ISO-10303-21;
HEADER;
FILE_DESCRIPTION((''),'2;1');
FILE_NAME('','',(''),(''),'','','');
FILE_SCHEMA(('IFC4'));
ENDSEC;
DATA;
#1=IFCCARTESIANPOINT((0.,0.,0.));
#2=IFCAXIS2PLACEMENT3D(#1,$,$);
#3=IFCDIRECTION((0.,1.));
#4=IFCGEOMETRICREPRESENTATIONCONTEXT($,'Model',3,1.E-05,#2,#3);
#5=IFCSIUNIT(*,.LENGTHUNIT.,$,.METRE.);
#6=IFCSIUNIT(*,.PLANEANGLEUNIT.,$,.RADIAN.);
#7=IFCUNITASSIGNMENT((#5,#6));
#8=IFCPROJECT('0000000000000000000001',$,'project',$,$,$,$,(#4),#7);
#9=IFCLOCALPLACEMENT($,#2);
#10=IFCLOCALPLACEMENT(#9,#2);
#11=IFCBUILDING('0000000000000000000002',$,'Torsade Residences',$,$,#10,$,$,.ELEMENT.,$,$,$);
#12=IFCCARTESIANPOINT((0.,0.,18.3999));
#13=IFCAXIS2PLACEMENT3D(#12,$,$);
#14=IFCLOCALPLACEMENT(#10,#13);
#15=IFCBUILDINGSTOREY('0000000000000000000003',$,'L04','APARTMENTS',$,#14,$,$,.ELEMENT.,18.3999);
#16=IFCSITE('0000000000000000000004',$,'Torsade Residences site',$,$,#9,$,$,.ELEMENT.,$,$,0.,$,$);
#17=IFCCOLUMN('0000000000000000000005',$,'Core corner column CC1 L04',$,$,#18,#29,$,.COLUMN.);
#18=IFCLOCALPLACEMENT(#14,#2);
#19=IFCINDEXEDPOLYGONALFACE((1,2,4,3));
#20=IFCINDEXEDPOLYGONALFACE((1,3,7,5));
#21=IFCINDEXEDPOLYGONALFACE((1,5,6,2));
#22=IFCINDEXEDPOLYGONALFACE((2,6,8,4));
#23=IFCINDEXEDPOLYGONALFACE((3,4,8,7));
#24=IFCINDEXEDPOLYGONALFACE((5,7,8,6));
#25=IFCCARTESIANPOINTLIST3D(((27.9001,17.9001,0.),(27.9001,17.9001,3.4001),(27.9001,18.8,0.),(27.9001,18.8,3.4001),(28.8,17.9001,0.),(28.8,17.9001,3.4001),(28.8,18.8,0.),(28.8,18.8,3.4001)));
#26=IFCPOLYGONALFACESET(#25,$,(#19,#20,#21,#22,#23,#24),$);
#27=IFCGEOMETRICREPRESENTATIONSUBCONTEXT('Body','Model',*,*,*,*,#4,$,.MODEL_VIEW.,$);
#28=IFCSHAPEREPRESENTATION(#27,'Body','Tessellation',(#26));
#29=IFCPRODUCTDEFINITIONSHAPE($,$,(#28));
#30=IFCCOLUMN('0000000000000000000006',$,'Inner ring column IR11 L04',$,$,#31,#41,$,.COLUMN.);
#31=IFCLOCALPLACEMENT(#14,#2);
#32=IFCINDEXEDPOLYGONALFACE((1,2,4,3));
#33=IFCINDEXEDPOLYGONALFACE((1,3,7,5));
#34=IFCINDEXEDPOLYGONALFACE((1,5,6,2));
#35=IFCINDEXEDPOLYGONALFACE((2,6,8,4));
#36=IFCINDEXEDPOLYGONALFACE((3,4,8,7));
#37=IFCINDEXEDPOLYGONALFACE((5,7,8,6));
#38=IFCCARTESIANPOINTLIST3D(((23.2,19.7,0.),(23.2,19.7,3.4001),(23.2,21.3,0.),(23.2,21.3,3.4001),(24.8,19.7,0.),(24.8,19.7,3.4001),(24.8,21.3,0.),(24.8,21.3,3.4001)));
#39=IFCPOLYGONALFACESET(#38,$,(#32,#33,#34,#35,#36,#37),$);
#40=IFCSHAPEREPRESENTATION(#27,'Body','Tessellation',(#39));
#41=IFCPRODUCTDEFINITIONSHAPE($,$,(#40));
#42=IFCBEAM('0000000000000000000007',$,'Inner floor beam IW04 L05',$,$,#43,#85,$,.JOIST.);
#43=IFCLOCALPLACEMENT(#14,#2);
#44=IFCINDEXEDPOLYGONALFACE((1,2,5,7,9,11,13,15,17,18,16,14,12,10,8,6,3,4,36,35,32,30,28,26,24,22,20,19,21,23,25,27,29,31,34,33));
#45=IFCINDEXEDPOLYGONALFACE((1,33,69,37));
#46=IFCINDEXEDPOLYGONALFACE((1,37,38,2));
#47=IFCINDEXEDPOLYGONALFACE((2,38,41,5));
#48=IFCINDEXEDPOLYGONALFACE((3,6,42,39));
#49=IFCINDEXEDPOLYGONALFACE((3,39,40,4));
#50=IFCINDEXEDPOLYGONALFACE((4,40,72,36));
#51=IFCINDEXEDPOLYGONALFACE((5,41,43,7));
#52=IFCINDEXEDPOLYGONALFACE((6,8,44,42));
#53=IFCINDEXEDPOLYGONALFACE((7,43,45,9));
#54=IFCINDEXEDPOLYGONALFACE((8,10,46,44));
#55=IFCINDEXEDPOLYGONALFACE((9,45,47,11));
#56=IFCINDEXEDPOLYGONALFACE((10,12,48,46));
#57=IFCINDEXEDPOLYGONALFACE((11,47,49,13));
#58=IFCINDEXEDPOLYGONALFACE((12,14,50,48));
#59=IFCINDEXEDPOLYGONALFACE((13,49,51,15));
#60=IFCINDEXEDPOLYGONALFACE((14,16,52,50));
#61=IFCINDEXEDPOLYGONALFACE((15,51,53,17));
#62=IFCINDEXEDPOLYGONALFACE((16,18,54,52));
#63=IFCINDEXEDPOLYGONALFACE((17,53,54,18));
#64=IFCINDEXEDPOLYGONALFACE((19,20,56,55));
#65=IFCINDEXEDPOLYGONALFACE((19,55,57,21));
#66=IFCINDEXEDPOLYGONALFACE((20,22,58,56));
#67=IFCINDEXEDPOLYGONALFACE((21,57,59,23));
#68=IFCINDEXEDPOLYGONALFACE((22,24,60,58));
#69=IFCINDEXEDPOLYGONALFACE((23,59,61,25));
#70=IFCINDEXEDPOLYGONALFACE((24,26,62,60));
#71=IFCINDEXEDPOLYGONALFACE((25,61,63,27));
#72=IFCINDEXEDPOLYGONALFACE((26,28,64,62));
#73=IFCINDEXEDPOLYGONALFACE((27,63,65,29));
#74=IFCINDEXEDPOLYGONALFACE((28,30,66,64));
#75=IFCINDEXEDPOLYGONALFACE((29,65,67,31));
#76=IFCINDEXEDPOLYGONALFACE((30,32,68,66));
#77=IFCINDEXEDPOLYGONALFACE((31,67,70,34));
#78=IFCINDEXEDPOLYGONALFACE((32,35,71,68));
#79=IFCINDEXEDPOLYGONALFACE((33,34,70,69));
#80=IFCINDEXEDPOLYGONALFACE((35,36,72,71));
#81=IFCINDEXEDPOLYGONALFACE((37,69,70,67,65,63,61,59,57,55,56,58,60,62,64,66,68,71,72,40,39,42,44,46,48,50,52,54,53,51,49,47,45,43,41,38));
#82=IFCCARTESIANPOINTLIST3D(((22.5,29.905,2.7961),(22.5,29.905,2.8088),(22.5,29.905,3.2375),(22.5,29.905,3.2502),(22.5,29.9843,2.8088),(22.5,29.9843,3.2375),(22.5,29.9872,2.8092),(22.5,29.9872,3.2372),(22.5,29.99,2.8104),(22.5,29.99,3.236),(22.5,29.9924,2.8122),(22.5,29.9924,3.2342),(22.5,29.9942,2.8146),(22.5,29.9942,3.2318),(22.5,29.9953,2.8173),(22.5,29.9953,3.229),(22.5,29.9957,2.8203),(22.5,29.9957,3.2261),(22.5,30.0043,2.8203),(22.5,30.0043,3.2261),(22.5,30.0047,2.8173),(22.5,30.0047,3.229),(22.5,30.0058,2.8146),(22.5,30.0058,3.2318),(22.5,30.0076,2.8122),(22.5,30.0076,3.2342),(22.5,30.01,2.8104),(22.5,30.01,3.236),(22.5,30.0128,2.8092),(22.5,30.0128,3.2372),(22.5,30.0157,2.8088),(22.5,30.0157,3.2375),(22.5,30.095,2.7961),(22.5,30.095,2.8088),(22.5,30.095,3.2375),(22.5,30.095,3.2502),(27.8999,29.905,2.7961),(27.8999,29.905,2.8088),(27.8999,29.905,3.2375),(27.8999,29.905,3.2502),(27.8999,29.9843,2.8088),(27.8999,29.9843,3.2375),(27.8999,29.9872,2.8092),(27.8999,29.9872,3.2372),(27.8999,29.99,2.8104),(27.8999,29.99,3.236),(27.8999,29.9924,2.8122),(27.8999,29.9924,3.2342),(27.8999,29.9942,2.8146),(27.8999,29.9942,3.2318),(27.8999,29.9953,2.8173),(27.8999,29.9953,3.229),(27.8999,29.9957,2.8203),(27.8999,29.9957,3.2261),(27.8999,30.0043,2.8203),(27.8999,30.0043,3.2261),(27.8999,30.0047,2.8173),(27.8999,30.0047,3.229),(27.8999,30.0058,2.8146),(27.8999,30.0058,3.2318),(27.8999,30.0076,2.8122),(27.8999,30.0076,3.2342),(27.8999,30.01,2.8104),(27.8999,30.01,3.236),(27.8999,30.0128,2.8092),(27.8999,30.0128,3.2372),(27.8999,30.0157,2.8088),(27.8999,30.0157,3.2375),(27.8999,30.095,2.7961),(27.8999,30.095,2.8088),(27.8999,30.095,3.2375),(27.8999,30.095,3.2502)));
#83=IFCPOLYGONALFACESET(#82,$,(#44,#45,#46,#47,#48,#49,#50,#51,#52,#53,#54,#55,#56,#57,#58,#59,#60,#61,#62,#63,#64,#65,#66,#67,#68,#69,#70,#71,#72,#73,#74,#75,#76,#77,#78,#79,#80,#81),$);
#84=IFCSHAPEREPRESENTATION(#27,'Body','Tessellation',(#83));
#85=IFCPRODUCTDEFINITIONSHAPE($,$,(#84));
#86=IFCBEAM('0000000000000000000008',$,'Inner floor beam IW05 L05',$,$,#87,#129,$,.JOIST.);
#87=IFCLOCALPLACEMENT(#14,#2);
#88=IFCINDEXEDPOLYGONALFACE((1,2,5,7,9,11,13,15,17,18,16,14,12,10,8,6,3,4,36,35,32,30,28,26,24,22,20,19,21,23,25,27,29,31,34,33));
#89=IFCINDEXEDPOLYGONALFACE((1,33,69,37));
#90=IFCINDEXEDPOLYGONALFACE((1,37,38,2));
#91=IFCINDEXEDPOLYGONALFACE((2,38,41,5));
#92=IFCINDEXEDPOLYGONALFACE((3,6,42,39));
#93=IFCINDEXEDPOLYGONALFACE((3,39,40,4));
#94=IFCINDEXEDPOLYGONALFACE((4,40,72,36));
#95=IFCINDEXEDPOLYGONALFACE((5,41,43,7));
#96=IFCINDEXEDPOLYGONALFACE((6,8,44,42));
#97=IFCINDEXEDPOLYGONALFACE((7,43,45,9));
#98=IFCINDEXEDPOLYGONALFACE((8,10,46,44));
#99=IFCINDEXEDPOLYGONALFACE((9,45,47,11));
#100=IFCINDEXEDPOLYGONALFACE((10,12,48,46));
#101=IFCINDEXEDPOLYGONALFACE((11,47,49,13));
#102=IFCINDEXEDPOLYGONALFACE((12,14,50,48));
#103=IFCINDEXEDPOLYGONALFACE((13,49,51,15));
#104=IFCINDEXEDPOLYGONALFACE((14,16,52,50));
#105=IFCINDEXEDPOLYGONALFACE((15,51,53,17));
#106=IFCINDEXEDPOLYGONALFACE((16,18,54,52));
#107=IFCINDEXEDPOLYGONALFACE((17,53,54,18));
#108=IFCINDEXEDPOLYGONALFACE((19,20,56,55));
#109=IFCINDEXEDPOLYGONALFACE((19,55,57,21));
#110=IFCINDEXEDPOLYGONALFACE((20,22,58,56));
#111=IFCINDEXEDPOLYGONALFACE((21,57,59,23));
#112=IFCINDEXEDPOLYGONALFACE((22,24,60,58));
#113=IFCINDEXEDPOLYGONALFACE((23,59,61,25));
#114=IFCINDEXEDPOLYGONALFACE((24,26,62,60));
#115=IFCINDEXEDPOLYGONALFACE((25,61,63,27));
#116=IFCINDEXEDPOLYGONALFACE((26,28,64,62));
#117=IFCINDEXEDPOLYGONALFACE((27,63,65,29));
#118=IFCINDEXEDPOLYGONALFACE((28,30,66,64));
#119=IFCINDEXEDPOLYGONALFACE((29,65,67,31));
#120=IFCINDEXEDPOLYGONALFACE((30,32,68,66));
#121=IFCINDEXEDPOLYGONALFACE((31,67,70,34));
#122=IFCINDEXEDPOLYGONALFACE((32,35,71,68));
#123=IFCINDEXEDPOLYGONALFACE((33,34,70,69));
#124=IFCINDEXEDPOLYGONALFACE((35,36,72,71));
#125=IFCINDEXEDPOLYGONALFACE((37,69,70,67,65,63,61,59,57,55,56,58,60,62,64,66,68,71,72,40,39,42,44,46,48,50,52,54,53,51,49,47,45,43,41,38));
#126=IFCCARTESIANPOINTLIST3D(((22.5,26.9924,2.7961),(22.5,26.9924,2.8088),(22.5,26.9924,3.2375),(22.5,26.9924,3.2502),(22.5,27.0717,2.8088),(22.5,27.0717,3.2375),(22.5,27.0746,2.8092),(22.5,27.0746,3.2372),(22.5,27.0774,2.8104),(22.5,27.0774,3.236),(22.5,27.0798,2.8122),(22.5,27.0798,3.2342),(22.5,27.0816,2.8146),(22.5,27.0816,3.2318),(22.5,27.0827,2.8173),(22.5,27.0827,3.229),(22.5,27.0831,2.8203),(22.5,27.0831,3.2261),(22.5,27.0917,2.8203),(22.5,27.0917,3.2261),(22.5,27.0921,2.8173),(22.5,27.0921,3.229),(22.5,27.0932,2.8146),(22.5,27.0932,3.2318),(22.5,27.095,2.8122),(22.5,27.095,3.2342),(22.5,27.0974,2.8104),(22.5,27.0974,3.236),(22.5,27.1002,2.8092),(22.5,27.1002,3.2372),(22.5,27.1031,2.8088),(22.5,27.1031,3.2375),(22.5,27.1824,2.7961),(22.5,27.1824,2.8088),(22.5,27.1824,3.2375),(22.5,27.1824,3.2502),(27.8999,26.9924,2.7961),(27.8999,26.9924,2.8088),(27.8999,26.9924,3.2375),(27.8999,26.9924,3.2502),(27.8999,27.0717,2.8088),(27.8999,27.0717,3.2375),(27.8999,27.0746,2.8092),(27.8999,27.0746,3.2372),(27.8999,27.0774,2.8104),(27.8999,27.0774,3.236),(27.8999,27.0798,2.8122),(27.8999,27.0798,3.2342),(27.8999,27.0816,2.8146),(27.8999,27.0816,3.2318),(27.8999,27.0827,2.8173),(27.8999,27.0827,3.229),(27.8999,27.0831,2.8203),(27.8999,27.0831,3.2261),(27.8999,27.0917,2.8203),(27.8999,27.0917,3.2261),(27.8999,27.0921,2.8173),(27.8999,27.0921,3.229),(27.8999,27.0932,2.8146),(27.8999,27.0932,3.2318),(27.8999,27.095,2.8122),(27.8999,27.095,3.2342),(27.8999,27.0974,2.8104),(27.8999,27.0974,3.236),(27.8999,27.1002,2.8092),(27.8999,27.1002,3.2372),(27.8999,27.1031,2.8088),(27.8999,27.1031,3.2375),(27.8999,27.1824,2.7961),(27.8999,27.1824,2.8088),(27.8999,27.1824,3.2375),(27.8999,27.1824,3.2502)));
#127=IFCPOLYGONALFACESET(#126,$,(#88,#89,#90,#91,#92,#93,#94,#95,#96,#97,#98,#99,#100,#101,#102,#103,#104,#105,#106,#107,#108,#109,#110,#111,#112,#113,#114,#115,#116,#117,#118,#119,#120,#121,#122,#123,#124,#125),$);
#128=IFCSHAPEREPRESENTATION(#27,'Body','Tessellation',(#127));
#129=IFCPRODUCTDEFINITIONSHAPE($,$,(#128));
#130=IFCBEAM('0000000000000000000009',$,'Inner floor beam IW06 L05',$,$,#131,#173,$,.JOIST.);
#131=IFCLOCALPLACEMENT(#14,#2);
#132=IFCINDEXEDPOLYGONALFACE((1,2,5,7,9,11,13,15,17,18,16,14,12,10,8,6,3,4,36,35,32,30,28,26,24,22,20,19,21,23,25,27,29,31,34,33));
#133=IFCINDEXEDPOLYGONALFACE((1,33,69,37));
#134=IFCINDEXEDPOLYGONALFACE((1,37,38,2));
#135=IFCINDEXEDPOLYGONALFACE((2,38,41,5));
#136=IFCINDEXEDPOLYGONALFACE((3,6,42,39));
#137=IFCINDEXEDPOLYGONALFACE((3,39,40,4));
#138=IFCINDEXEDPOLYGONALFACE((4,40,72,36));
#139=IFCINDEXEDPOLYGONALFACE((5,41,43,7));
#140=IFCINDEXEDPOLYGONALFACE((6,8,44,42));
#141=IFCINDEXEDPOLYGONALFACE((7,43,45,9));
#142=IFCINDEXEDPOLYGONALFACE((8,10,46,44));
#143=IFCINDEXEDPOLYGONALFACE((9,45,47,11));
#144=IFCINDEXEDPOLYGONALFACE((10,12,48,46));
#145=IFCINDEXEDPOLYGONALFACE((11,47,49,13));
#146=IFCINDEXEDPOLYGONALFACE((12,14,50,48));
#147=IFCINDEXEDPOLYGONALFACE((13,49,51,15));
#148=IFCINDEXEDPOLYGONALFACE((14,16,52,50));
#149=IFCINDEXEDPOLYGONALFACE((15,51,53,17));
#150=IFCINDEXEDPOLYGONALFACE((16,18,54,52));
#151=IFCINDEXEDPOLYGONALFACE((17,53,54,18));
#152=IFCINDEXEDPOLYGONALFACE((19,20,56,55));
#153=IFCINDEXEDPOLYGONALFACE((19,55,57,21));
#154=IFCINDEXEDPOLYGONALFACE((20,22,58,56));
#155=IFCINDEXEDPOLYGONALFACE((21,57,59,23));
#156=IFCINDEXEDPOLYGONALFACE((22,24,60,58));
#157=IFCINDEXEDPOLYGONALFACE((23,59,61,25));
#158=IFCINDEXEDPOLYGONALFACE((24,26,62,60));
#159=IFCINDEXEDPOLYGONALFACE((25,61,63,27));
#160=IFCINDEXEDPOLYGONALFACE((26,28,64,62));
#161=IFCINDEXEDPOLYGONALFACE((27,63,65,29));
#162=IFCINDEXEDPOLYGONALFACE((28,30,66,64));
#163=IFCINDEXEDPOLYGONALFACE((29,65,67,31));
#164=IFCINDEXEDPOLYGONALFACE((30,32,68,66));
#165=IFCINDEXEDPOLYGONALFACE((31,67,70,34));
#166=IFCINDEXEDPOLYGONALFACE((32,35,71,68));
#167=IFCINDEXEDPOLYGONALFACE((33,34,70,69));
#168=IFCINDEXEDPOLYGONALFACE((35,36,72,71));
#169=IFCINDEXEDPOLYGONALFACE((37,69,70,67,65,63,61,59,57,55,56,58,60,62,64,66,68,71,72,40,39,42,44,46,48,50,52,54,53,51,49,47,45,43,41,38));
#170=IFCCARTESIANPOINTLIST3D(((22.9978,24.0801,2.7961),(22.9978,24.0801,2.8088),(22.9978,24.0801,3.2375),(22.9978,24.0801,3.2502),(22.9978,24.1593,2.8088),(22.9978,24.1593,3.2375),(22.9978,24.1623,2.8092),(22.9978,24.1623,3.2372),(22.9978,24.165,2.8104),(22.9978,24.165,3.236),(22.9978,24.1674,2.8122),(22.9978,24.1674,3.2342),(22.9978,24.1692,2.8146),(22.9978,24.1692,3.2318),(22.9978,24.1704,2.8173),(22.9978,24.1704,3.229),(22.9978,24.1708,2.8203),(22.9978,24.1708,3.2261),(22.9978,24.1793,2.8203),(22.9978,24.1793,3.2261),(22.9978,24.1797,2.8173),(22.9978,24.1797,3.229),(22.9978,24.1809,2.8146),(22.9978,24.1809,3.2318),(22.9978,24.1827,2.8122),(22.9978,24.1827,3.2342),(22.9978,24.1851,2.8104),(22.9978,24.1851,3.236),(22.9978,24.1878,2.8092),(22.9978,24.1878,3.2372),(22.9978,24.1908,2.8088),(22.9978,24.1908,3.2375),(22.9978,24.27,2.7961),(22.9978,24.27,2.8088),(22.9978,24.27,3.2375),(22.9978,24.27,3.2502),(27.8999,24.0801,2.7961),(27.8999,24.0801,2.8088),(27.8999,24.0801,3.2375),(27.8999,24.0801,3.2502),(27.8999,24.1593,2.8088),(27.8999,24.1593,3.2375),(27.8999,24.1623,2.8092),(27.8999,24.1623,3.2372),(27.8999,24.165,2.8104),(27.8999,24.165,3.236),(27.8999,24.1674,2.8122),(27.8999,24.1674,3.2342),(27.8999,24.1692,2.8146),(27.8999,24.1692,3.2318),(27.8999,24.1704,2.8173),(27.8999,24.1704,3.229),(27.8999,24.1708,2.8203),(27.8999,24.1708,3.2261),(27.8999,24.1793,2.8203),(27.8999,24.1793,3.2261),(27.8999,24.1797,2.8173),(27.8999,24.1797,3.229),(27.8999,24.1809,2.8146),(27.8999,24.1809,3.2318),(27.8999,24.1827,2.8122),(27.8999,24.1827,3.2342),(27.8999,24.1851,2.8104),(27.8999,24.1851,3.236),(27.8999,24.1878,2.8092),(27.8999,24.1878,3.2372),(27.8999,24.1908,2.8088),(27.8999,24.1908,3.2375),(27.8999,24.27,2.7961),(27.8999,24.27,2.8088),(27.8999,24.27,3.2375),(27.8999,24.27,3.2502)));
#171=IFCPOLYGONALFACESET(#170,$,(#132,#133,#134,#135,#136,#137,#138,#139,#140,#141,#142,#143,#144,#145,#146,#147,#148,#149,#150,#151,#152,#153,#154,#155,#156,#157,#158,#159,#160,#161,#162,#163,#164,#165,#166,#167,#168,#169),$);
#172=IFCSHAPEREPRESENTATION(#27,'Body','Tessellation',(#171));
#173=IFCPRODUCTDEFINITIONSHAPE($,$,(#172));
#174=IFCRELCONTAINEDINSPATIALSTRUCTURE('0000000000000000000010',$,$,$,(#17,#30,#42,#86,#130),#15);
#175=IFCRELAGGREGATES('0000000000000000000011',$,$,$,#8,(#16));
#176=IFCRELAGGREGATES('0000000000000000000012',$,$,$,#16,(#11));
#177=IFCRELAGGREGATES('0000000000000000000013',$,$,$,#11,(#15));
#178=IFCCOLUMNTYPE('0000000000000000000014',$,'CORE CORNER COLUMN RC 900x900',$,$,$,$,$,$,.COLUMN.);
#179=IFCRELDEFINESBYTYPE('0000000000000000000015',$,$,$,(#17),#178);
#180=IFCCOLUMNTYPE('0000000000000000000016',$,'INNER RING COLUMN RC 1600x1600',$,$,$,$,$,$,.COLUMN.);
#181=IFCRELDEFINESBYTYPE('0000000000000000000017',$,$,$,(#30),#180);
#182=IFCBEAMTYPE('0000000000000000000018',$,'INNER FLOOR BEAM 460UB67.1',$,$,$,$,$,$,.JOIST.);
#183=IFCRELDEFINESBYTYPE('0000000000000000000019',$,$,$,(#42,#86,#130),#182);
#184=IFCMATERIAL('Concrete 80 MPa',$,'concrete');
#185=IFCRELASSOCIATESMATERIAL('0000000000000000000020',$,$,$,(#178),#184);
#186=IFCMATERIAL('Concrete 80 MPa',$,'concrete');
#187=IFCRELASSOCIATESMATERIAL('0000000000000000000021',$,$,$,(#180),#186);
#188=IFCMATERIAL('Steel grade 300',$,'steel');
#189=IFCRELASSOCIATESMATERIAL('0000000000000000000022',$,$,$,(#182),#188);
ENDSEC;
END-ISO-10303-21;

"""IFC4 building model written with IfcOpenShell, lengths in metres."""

from ifc_helpers import new_model, si_unit, direction, frame, origin, origin_2d, place, context, subcontext, project, spatial, rectangle, i_section, extrude, material, material_profile, profile_set, type_object, element, save


model = new_model("IFC4")

# Units and contexts
model_context = context("Model", 3, precision=1e-05, world=origin(), true_north=direction((0.0, 1.0)))
body_context = subcontext(model_context, "Body", "Model", "MODEL_VIEW")
ifc_project = project(units=[si_unit("LENGTHUNIT", "METRE"), si_unit("PLANEANGLEUNIT", "RADIAN")], contexts=[model_context])

# Site, building, storey
site_placement = place(None, origin())
site = spatial("IfcSite", under=ifc_project, at=site_placement, Name="Torsade Residences site", CompositionType="ELEMENT", RefElevation=0.0)
building_placement = place(site_placement, origin())
building = spatial("IfcBuilding", under=site, at=building_placement, Name="Torsade Residences", CompositionType="ELEMENT")
storey_placement = place(building_placement, frame((0.0, 0.0, 18.3999)))
storey = spatial("IfcBuildingStorey", under=building, at=storey_placement, Name="L04", Description="APARTMENTS", CompositionType="ELEMENT", Elevation=18.3999)

# Columns
ifc_material_1 = material(Name="Concrete 80 MPa", Category="concrete")
ifc_material_profile_1 = material_profile(ifc_material_1, rectangle(XDim=0.8999, YDim=0.8999, at=origin_2d()), Name="RC 900x900")
ifc_profile_set_1 = profile_set([ifc_material_profile_1], Name="Concrete 80 MPa")
column_type_1 = type_object("IfcColumnType", Name="CORE CORNER COLUMN RC 900x900", PredefinedType="COLUMN", material=ifc_profile_set_1)
column_1_placement = place(storey_placement, frame((28.3501, 18.3501, 0.0), z_axis=(0.0, 0.0, 1.0), x_axis=(1.0, 0.0, 0.0)))
element("IfcColumn", 1, at=column_1_placement, inside=storey, type_object=column_type_1, Name="Core corner column CC1 L04", PredefinedType="COLUMN", context=body_context, shape_type="SweptSolid", body=[
    extrude(rectangle(XDim=0.8999, YDim=0.8999, at=origin_2d()), origin(), (0.0, 0.0, 1.0), 3.4001),
])
ifc_material_2 = material(Name="Concrete 80 MPa", Category="concrete")
ifc_material_profile_2 = material_profile(ifc_material_2, rectangle(XDim=1.6001, YDim=1.6001, at=origin_2d()), Name="RC 1600x1600")
ifc_profile_set_2 = profile_set([ifc_material_profile_2], Name="Concrete 80 MPa")
column_type_2 = type_object("IfcColumnType", Name="INNER RING COLUMN RC 1600x1600", PredefinedType="COLUMN", material=ifc_profile_set_2)
column_2_placement = place(storey_placement, frame((24.0, 20.5, 0.0), z_axis=(0.0, 0.0, 1.0), x_axis=(1.0, 0.0, 0.0)))
element("IfcColumn", 2, at=column_2_placement, inside=storey, type_object=column_type_2, Name="Inner ring column IR11 L04", PredefinedType="COLUMN", context=body_context, shape_type="SweptSolid", body=[
    extrude(rectangle(XDim=1.6001, YDim=1.6001, at=origin_2d()), origin(), (0.0, 0.0, 1.0), 3.4001),
])

# Beams
ifc_material_3 = material(Name="Steel grade 300", Category="steel")
ifc_material_profile_3 = material_profile(ifc_material_3, i_section(OverallWidth=0.1899, OverallDepth=0.4541, WebThickness=0.0085, FlangeThickness=0.0127, FilletRadius=0.0115, at=origin_2d()), Name="460UB67.1")
ifc_profile_set_3 = profile_set([ifc_material_profile_3], Name="Steel grade 300")
beam_type_1 = type_object("IfcBeamType", Name="INNER FLOOR BEAM 460UB67.1", PredefinedType="JOIST", material=ifc_profile_set_3)
for number, where, z_axis, x_axis, name in (
    (3, (27.8999, 30.0, 3.0232), (-1.0, 0.0, 0.0), (0.0, -1.0, 0.0), "Inner floor beam IW04 L05"),
    (4, (27.8999, 27.0874, 3.0232), (-1.0, 0.0, 0.0), (0.0, -1.0, 0.0), "Inner floor beam IW05 L05"),
):
    element("IfcBeam", number, at=place(storey_placement, frame(where, z_axis=z_axis, x_axis=x_axis)), inside=storey, type_object=beam_type_1, Name=name, PredefinedType="JOIST", context=body_context, shape_type="SweptSolid", body=[
        extrude(i_section(OverallWidth=0.1899, OverallDepth=0.4541, WebThickness=0.0085, FlangeThickness=0.0127, FilletRadius=0.0115, at=origin_2d()), origin(), (0.0, 0.0, 1.0), 5.3999),
    ])
beam_1_placement = place(storey_placement, frame((27.8999, 24.175, 3.0232), z_axis=(-1.0, 0.0, 0.0), x_axis=(0.0, -1.0, 0.0)))
element("IfcBeam", 5, at=beam_1_placement, inside=storey, type_object=beam_type_1, Name="Inner floor beam IW06 L05", PredefinedType="JOIST", context=body_context, shape_type="SweptSolid", body=[
    extrude(i_section(OverallWidth=0.1899, OverallDepth=0.4541, WebThickness=0.0085, FlangeThickness=0.0127, FilletRadius=0.0115, at=origin_2d()), origin(), (0.0, 0.0, 1.0), 4.9021),
])

save(model, "model.ifc")
